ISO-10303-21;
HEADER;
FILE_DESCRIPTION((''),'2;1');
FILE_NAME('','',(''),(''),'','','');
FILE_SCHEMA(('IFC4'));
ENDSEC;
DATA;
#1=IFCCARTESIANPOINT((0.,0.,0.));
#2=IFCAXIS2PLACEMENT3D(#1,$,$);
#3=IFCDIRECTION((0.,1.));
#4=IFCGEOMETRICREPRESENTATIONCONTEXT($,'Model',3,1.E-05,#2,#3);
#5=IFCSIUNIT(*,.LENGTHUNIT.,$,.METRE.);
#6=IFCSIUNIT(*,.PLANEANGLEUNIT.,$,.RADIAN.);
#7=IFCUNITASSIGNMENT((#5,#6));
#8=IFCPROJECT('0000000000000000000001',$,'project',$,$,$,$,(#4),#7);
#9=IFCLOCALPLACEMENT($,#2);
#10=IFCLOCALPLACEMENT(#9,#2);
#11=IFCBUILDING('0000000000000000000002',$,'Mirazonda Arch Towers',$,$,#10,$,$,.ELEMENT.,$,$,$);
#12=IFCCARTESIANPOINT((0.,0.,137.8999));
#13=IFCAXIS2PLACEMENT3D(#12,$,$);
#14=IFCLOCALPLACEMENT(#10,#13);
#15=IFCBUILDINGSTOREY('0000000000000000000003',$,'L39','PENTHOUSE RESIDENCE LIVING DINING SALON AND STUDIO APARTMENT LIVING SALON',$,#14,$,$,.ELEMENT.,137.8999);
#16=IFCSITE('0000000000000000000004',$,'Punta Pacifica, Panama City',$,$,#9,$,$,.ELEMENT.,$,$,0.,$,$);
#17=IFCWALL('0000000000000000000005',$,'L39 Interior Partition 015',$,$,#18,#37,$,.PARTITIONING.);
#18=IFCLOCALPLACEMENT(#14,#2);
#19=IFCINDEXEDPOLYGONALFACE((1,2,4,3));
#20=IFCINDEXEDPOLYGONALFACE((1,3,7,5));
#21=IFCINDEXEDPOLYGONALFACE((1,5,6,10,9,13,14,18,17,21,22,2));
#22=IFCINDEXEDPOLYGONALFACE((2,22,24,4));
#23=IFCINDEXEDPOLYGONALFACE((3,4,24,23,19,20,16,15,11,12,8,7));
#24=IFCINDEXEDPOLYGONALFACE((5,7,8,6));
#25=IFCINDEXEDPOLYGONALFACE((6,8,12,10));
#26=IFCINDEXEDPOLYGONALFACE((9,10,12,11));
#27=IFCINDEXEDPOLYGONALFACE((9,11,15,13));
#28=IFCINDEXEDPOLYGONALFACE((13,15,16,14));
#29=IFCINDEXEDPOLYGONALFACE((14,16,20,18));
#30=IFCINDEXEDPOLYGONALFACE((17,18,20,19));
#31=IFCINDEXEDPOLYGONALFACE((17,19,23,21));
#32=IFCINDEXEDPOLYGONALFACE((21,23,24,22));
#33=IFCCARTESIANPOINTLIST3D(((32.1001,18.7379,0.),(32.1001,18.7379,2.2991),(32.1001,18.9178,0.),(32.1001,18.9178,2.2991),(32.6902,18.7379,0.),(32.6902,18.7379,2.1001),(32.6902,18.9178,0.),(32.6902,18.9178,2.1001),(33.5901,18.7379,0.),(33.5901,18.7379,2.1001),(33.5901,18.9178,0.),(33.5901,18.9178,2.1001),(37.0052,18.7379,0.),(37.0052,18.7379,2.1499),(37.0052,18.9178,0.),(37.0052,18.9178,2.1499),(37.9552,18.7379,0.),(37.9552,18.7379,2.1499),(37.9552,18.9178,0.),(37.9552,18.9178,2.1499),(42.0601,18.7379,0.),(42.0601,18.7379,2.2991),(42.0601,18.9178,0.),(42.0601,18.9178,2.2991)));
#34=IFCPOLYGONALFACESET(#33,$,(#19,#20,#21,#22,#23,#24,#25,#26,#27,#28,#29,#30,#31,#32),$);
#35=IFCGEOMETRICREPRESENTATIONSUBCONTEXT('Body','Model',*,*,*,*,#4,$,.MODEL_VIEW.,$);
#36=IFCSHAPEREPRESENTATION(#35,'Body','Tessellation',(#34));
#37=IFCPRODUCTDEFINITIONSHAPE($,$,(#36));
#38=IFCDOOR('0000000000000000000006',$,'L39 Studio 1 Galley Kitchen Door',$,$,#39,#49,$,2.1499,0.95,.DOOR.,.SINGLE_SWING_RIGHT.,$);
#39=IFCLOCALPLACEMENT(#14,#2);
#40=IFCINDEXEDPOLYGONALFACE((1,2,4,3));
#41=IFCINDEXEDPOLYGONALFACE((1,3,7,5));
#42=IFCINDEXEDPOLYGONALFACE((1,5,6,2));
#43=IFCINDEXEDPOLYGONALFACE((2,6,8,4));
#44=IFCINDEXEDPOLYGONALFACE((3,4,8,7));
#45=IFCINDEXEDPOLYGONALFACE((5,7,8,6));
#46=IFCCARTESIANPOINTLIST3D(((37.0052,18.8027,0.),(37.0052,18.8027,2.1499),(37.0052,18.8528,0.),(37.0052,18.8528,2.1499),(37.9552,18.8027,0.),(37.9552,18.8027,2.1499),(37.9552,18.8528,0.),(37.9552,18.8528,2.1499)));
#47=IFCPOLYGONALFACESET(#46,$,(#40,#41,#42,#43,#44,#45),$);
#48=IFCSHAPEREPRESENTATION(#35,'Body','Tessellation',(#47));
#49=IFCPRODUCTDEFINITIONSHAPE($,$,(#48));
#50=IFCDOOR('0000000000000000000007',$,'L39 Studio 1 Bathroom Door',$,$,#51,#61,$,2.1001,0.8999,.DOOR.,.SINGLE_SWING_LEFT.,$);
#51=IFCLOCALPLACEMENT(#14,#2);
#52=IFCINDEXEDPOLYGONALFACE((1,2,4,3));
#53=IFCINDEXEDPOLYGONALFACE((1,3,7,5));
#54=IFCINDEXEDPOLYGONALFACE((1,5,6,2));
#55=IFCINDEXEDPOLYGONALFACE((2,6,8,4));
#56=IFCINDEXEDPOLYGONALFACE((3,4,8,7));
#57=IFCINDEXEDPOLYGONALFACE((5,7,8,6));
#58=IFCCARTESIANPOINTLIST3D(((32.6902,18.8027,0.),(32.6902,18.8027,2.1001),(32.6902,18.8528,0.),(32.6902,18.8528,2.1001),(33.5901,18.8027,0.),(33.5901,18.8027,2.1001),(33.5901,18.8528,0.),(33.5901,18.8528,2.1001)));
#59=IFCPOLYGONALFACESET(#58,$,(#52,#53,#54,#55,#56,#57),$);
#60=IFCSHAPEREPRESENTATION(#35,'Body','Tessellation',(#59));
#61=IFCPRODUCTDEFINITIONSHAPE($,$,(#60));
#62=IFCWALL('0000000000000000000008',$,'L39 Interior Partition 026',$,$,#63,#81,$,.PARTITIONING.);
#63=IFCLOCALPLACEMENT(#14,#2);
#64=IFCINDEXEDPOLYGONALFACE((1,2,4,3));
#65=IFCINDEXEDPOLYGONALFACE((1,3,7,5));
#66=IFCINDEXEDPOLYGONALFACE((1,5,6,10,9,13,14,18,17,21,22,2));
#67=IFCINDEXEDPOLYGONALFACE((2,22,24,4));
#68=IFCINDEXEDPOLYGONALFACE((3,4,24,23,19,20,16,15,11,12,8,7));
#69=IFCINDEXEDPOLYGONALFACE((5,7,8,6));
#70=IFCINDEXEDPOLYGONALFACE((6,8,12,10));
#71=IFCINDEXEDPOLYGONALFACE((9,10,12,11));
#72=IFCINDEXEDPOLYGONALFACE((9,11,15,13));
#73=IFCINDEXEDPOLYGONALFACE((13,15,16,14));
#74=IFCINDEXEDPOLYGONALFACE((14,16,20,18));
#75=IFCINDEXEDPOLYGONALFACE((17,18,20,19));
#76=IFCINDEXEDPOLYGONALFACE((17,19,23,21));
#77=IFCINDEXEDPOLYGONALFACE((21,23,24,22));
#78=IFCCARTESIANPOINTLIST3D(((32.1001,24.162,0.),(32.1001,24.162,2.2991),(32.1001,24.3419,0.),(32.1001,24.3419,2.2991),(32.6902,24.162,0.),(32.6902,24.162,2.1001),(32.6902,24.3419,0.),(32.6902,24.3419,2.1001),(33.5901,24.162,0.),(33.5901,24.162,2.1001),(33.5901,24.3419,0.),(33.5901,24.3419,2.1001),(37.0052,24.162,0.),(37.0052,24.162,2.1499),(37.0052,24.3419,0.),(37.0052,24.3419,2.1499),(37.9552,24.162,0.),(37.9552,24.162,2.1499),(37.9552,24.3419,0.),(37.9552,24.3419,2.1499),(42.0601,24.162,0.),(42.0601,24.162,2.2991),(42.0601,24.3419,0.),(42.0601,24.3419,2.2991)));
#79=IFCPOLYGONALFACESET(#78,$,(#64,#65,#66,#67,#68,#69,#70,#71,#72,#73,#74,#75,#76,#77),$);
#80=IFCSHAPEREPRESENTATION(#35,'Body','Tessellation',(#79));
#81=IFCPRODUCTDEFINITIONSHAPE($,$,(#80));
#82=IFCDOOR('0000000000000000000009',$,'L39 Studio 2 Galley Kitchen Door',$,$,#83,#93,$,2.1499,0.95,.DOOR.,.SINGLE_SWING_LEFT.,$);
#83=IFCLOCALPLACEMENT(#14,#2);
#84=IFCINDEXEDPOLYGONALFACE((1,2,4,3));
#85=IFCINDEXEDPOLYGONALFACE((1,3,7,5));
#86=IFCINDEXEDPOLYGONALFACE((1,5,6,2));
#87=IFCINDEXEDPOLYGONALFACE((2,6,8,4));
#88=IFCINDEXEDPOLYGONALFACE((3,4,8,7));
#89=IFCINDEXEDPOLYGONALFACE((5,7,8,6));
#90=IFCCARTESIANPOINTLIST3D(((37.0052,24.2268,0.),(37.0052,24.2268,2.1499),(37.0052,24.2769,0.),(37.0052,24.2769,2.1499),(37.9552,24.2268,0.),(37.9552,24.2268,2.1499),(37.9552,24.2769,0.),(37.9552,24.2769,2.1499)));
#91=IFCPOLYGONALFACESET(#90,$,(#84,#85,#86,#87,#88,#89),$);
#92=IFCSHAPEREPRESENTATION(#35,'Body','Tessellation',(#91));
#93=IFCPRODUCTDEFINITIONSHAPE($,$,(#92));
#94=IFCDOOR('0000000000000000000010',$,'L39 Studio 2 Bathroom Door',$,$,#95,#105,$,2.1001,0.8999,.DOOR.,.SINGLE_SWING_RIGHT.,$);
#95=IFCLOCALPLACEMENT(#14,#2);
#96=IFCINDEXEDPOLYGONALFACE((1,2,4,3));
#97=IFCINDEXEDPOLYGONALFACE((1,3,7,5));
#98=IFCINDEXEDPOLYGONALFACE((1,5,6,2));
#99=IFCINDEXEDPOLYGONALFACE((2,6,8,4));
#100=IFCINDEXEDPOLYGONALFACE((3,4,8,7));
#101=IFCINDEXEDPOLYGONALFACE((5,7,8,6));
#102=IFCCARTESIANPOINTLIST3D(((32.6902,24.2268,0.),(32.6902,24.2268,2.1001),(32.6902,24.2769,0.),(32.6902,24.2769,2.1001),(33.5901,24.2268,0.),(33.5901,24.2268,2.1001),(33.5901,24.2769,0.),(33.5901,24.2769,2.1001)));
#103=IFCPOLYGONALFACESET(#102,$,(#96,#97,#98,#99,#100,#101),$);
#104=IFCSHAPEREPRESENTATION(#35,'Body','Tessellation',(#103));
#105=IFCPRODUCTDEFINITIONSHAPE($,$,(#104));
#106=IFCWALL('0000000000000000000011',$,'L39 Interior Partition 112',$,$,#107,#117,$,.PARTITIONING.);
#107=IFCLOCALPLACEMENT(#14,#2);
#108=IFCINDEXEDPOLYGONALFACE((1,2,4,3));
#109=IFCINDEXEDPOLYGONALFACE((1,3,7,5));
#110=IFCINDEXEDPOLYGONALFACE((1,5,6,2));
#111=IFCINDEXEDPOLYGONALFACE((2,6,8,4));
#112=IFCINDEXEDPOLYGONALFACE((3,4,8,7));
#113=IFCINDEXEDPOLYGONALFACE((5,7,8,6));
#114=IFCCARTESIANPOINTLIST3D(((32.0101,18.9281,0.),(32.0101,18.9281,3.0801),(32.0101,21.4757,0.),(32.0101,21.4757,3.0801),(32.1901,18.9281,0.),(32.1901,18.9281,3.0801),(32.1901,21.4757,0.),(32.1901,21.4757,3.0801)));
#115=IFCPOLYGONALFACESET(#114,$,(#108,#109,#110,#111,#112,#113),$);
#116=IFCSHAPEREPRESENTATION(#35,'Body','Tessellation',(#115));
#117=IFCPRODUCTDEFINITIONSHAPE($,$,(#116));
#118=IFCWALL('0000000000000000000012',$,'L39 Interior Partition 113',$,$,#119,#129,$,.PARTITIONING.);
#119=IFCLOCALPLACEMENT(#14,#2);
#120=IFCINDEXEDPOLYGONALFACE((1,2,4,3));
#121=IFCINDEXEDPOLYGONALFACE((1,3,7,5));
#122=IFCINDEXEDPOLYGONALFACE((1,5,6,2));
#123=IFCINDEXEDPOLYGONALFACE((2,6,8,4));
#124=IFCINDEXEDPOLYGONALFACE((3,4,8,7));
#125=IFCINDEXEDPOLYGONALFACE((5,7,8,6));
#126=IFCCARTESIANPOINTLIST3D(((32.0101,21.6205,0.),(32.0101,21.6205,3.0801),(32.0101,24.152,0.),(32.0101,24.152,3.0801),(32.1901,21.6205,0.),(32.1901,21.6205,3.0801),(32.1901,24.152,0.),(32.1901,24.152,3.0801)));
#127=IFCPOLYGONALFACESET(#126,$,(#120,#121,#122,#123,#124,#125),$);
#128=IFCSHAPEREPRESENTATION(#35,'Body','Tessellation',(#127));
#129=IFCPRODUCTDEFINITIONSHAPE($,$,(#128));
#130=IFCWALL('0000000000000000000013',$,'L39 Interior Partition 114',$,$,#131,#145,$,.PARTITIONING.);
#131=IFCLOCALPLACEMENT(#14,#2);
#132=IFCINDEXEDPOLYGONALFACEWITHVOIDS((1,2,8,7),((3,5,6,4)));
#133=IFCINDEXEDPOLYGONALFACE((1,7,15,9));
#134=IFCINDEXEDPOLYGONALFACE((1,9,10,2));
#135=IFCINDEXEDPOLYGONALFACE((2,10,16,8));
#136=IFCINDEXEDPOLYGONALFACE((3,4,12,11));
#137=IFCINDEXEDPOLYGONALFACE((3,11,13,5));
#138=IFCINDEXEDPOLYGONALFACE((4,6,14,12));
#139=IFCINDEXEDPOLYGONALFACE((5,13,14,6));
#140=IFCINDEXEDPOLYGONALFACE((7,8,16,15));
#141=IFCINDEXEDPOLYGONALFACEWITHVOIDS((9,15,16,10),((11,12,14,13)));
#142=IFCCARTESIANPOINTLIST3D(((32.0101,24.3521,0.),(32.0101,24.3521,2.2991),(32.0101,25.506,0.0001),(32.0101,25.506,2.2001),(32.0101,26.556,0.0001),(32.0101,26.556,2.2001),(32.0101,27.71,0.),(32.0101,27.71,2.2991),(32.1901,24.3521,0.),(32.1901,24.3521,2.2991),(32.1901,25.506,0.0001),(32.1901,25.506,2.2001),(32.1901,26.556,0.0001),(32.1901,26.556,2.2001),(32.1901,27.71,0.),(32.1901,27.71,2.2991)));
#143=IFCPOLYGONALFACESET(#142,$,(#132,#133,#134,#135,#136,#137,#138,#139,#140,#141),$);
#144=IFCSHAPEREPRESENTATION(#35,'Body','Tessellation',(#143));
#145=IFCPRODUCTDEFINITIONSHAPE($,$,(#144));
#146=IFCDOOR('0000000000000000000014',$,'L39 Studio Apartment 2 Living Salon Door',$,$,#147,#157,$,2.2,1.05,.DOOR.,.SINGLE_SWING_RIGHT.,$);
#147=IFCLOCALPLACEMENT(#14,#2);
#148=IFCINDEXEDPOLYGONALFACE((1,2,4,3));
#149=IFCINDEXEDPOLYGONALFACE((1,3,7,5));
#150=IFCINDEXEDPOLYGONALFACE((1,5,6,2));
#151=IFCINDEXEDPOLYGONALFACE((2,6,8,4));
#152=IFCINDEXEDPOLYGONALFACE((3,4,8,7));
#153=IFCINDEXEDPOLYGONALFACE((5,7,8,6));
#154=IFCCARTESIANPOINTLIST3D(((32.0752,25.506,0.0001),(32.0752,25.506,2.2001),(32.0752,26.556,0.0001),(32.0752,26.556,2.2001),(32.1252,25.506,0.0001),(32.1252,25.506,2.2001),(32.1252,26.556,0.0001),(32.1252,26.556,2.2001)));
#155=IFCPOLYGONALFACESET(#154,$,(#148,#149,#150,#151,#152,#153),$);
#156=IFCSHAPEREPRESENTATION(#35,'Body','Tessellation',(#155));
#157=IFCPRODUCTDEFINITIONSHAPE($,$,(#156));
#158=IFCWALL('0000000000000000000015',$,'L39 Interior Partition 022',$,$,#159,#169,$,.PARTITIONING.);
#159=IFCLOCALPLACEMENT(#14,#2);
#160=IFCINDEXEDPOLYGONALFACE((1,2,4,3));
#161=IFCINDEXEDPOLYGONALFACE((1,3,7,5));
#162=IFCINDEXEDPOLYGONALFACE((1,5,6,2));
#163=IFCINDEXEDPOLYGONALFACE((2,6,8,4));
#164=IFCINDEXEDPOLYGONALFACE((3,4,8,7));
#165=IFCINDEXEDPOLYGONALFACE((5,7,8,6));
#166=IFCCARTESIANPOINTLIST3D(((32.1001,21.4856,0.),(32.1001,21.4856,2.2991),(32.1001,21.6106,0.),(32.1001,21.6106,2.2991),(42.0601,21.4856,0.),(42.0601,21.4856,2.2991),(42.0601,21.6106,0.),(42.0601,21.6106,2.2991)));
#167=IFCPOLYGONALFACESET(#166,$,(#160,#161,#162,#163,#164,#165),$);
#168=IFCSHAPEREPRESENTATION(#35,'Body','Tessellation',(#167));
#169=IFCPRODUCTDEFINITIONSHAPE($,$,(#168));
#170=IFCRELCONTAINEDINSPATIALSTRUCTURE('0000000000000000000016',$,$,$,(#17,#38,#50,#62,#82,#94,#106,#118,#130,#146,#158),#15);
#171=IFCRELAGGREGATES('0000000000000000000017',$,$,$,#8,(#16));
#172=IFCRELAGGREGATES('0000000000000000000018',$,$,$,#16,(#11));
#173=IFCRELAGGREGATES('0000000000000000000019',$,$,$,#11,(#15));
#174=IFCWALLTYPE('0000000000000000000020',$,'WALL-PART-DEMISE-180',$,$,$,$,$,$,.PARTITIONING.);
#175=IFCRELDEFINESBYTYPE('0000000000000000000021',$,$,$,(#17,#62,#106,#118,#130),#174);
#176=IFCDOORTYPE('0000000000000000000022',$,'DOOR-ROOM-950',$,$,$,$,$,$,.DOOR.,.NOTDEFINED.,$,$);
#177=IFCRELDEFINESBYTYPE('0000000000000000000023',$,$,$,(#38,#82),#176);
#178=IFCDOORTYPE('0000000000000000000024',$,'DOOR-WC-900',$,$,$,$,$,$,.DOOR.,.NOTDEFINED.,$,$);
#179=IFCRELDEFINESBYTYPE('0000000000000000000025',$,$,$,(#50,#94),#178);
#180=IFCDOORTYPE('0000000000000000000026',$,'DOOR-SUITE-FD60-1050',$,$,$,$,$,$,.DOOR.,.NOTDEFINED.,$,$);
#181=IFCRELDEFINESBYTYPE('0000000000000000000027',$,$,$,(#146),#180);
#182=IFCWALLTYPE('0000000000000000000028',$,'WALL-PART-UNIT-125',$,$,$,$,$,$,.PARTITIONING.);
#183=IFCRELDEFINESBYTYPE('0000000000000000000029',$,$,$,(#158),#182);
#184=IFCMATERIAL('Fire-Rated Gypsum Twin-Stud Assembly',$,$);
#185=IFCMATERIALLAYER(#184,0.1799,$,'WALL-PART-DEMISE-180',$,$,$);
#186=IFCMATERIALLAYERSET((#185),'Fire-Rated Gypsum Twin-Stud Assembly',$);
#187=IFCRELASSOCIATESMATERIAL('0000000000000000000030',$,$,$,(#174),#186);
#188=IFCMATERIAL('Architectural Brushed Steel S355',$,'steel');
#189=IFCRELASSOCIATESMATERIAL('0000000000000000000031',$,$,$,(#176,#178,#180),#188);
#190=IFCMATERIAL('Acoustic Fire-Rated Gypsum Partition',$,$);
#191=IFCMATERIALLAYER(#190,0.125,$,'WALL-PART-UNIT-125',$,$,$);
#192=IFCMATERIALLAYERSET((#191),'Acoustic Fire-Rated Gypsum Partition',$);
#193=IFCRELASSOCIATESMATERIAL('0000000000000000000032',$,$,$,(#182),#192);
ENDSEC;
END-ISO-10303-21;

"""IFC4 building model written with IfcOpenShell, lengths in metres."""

from ifc_helpers import new_model, si_unit, direction, frame, frame_2d, origin, place, context, subcontext, project, spatial, rectangle, extrude, material, layer, layer_set, type_object, element, fill, save


model = new_model("IFC4")

# Units and contexts
model_context = context("Model", 3, precision=1e-05, world=origin(), true_north=direction((0.0, 1.0)))
body_context = subcontext(model_context, "Body", "Model", "MODEL_VIEW")
ifc_project = project(units=[si_unit("LENGTHUNIT", "METRE"), si_unit("PLANEANGLEUNIT", "RADIAN")], contexts=[model_context])

# Site, building, storey
site_placement = place(None, origin())
site = spatial("IfcSite", under=ifc_project, at=site_placement, Name="Punta Pacifica, Panama City", CompositionType="ELEMENT", RefElevation=0.0)
building_placement = place(site_placement, origin())
building = spatial("IfcBuilding", under=site, at=building_placement, Name="Mirazonda Arch Towers", CompositionType="ELEMENT")
storey_placement = place(building_placement, frame((0.0, 0.0, 137.8999)))
storey = spatial("IfcBuildingStorey", under=building, at=storey_placement, Name="L39", Description="PENTHOUSE RESIDENCE LIVING DINING SALON AND STUDIO APARTMENT LIVING SALON", CompositionType="ELEMENT", Elevation=137.8999)

# Walls, openings, doors
ifc_material_1 = material(Name="Fire-Rated Gypsum Twin-Stud Assembly")
ifc_layer_1 = layer(ifc_material_1, 0.1799, Name="WALL-PART-DEMISE-180")
ifc_layer_set_1 = layer_set([ifc_layer_1], Name="Fire-Rated Gypsum Twin-Stud Assembly")
wall_type_1 = type_object("IfcWallType", Name="WALL-PART-DEMISE-180", PredefinedType="PARTITIONING", material=ifc_layer_set_1)
wall_1_placement = place(storey_placement, frame((32.1001, 18.8279, 0.0), z_axis=(0.0, 0.0, 1.0), x_axis=(1.0, 0.0, 0.0)))
wall_1 = element("IfcWall", 1, at=wall_1_placement, inside=storey, type_object=wall_type_1, Name="L39 Interior Partition 015", PredefinedType="PARTITIONING", context=body_context, shape_type="SweptSolid", body=[
    extrude(rectangle(XDim=9.96, YDim=0.1799, at=frame_2d((4.98, 0.0))), origin(), (0.0, 0.0, 1.0), 2.2991),
])
opening_1_placement = place(wall_1_placement, frame((4.905, 0.0, 0.0)))
opening_1 = element("IfcOpeningElement", 2, at=opening_1_placement, cuts=wall_1, PredefinedType="OPENING", context=body_context, shape_type="SweptSolid", body=[
    extrude(rectangle(XDim=0.95, YDim=2.1499, at=frame_2d((0.4751, 1.075))), frame((0.0, 0.0999, 0.0), z_axis=(0.0, -1.0, 0.0), x_axis=(1.0, 0.0, 0.0)), (0.0, 0.0, 1.0), 0.2),
])
opening_2_placement = place(wall_1_placement, frame((0.5901, 0.0, 0.0)))
opening_2 = element("IfcOpeningElement", 3, at=opening_2_placement, cuts=wall_1, PredefinedType="OPENING", context=body_context, shape_type="SweptSolid", body=[
    extrude(rectangle(XDim=0.8999, YDim=2.1001, at=frame_2d((0.45, 1.05))), frame((0.0, 0.0999, 0.0), z_axis=(0.0, -1.0, 0.0), x_axis=(1.0, 0.0, 0.0)), (0.0, 0.0, 1.0), 0.2),
])
ifc_material_2 = material(Name="Architectural Brushed Steel S355", Category="steel")
door_type_1 = type_object("IfcDoorType", Name="DOOR-ROOM-950", OperationType="NOTDEFINED", PredefinedType="DOOR", material=ifc_material_2)
door_1_placement = place(opening_1_placement, origin())
door_1 = element("IfcDoor", 4, at=door_1_placement, inside=storey, type_object=door_type_1, Name="L39 Studio 1 Galley Kitchen Door", OperationType="SINGLE_SWING_RIGHT", OverallHeight=2.1499, OverallWidth=0.95, PredefinedType="DOOR", context=body_context, shape_type="SweptSolid", body=[
    extrude(rectangle(XDim=0.95, YDim=2.1499, at=frame_2d((0.4751, 1.075))), frame((0.0, 0.0249, 0.0), z_axis=(0.0, -1.0, 0.0), x_axis=(1.0, 0.0, 0.0)), (0.0, 0.0, 1.0), 0.05),
])
fill(opening_1, door_1)
door_type_2 = type_object("IfcDoorType", Name="DOOR-WC-900", OperationType="NOTDEFINED", PredefinedType="DOOR", material=ifc_material_2)
door_2_placement = place(opening_2_placement, origin())
door_2 = element("IfcDoor", 5, at=door_2_placement, inside=storey, type_object=door_type_2, Name="L39 Studio 1 Bathroom Door", OperationType="SINGLE_SWING_LEFT", OverallHeight=2.1001, OverallWidth=0.8999, PredefinedType="DOOR", context=body_context, shape_type="SweptSolid", body=[
    extrude(rectangle(XDim=0.8999, YDim=2.1001, at=frame_2d((0.45, 1.05))), frame((0.0, 0.0249, 0.0), z_axis=(0.0, -1.0, 0.0), x_axis=(1.0, 0.0, 0.0)), (0.0, 0.0, 1.0), 0.05),
])
fill(opening_2, door_2)
wall_2_placement = place(storey_placement, frame((32.1001, 24.252, 0.0), z_axis=(0.0, 0.0, 1.0), x_axis=(1.0, 0.0, 0.0)))
wall_2 = element("IfcWall", 6, at=wall_2_placement, inside=storey, type_object=wall_type_1, Name="L39 Interior Partition 026", PredefinedType="PARTITIONING", context=body_context, shape_type="SweptSolid", body=[
    extrude(rectangle(XDim=9.96, YDim=0.1799, at=frame_2d((4.98, 0.0))), origin(), (0.0, 0.0, 1.0), 2.2991),
])
opening_3_placement = place(wall_2_placement, frame((4.905, 0.0, 0.0)))
opening_3 = element("IfcOpeningElement", 7, at=opening_3_placement, cuts=wall_2, PredefinedType="OPENING", context=body_context, shape_type="SweptSolid", body=[
    extrude(rectangle(XDim=0.95, YDim=2.1499, at=frame_2d((0.4751, 1.075))), frame((0.0, 0.0999, 0.0), z_axis=(0.0, -1.0, 0.0), x_axis=(1.0, 0.0, 0.0)), (0.0, 0.0, 1.0), 0.2),
])
opening_4_placement = place(wall_2_placement, frame((0.5901, 0.0, 0.0)))
opening_4 = element("IfcOpeningElement", 8, at=opening_4_placement, cuts=wall_2, PredefinedType="OPENING", context=body_context, shape_type="SweptSolid", body=[
    extrude(rectangle(XDim=0.8999, YDim=2.1001, at=frame_2d((0.45, 1.05))), frame((0.0, 0.0999, 0.0), z_axis=(0.0, -1.0, 0.0), x_axis=(1.0, 0.0, 0.0)), (0.0, 0.0, 1.0), 0.2),
])
door_3_placement = place(opening_3_placement, origin())
door_3 = element("IfcDoor", 9, at=door_3_placement, inside=storey, type_object=door_type_1, Name="L39 Studio 2 Galley Kitchen Door", OperationType="SINGLE_SWING_LEFT", OverallHeight=2.1499, OverallWidth=0.95, PredefinedType="DOOR", context=body_context, shape_type="SweptSolid", body=[
    extrude(rectangle(XDim=0.95, YDim=2.1499, at=frame_2d((0.4751, 1.075))), frame((0.0, 0.0249, 0.0), z_axis=(0.0, -1.0, 0.0), x_axis=(1.0, 0.0, 0.0)), (0.0, 0.0, 1.0), 0.05),
])
fill(opening_3, door_3)
door_4_placement = place(opening_4_placement, origin())
door_4 = element("IfcDoor", 10, at=door_4_placement, inside=storey, type_object=door_type_2, Name="L39 Studio 2 Bathroom Door", OperationType="SINGLE_SWING_RIGHT", OverallHeight=2.1001, OverallWidth=0.8999, PredefinedType="DOOR", context=body_context, shape_type="SweptSolid", body=[
    extrude(rectangle(XDim=0.8999, YDim=2.1001, at=frame_2d((0.45, 1.05))), frame((0.0, 0.0249, 0.0), z_axis=(0.0, -1.0, 0.0), x_axis=(1.0, 0.0, 0.0)), (0.0, 0.0, 1.0), 0.05),
])
fill(opening_4, door_4)

# Walls
wall_3_placement = place(storey_placement, frame((32.1001, 18.928, 0.0), z_axis=(0.0, 0.0, 1.0), x_axis=(0.0, 1.0, 0.0)))
element("IfcWall", 11, at=wall_3_placement, inside=storey, type_object=wall_type_1, Name="L39 Interior Partition 112", PredefinedType="PARTITIONING", context=body_context, shape_type="SweptSolid", body=[
    extrude(rectangle(XDim=2.5476, YDim=0.1799, at=frame_2d((1.2739, 0.0))), origin(), (0.0, 0.0, 1.0), 3.0801),
])
wall_4_placement = place(storey_placement, frame((32.1001, 21.6206, 0.0), z_axis=(0.0, 0.0, 1.0), x_axis=(0.0, 1.0, 0.0)))
element("IfcWall", 12, at=wall_4_placement, inside=storey, type_object=wall_type_1, Name="L39 Interior Partition 113", PredefinedType="PARTITIONING", context=body_context, shape_type="SweptSolid", body=[
    extrude(rectangle(XDim=2.5315, YDim=0.1799, at=frame_2d((1.2656, 0.0))), origin(), (0.0, 0.0, 1.0), 3.0801),
])

# Wall, opening, door
wall_5_placement = place(storey_placement, frame((32.1001, 24.3521, 0.0), z_axis=(0.0, 0.0, 1.0), x_axis=(0.0, 1.0, 0.0)))
wall_5 = element("IfcWall", 13, at=wall_5_placement, inside=storey, type_object=wall_type_1, Name="L39 Interior Partition 114", PredefinedType="PARTITIONING", context=body_context, shape_type="SweptSolid", body=[
    extrude(rectangle(XDim=3.3579, YDim=0.1799, at=frame_2d((1.679, 0.0))), origin(), (0.0, 0.0, 1.0), 2.2991),
])
opening_5_placement = place(wall_5_placement, frame((1.1541, 0.0, 0.0)))
opening_5 = element("IfcOpeningElement", 14, at=opening_5_placement, cuts=wall_5, PredefinedType="OPENING", context=body_context, shape_type="SweptSolid", body=[
    extrude(rectangle(XDim=1.05, YDim=2.2, at=frame_2d((0.5249, 1.1001))), frame((0.0, 0.0999, 0.0), z_axis=(0.0, -1.0, 0.0), x_axis=(1.0, 0.0, 0.0)), (0.0, 0.0, 1.0), 0.2),
])
door_type_3 = type_object("IfcDoorType", Name="DOOR-SUITE-FD60-1050", OperationType="NOTDEFINED", PredefinedType="DOOR", material=ifc_material_2)
door_5_placement = place(opening_5_placement, origin())
door_5 = element("IfcDoor", 15, at=door_5_placement, inside=storey, type_object=door_type_3, Name="L39 Studio Apartment 2 Living Salon Door", OperationType="SINGLE_SWING_RIGHT", OverallHeight=2.2, OverallWidth=1.05, PredefinedType="DOOR", context=body_context, shape_type="SweptSolid", body=[
    extrude(rectangle(XDim=1.05, YDim=2.2, at=frame_2d((0.5249, 1.1001))), frame((0.0, 0.0249, 0.0), z_axis=(0.0, -1.0, 0.0), x_axis=(1.0, 0.0, 0.0)), (0.0, 0.0, 1.0), 0.05),
])
fill(opening_5, door_5)

# Wall
ifc_material_3 = material(Name="Acoustic Fire-Rated Gypsum Partition")
ifc_layer_2 = layer(ifc_material_3, 0.125, Name="WALL-PART-UNIT-125")
ifc_layer_set_2 = layer_set([ifc_layer_2], Name="Acoustic Fire-Rated Gypsum Partition")
wall_type_2 = type_object("IfcWallType", Name="WALL-PART-UNIT-125", PredefinedType="PARTITIONING", material=ifc_layer_set_2)
wall_6_placement = place(storey_placement, frame((32.1001, 21.5481, 0.0), z_axis=(0.0, 0.0, 1.0), x_axis=(1.0, 0.0, 0.0)))
element("IfcWall", 16, at=wall_6_placement, inside=storey, type_object=wall_type_2, Name="L39 Interior Partition 022", PredefinedType="PARTITIONING", context=body_context, shape_type="SweptSolid", body=[
    extrude(rectangle(XDim=9.96, YDim=0.125, at=frame_2d((4.98, 0.0))), origin(), (0.0, 0.0, 1.0), 2.2991),
])

save(model, "model.ifc")
